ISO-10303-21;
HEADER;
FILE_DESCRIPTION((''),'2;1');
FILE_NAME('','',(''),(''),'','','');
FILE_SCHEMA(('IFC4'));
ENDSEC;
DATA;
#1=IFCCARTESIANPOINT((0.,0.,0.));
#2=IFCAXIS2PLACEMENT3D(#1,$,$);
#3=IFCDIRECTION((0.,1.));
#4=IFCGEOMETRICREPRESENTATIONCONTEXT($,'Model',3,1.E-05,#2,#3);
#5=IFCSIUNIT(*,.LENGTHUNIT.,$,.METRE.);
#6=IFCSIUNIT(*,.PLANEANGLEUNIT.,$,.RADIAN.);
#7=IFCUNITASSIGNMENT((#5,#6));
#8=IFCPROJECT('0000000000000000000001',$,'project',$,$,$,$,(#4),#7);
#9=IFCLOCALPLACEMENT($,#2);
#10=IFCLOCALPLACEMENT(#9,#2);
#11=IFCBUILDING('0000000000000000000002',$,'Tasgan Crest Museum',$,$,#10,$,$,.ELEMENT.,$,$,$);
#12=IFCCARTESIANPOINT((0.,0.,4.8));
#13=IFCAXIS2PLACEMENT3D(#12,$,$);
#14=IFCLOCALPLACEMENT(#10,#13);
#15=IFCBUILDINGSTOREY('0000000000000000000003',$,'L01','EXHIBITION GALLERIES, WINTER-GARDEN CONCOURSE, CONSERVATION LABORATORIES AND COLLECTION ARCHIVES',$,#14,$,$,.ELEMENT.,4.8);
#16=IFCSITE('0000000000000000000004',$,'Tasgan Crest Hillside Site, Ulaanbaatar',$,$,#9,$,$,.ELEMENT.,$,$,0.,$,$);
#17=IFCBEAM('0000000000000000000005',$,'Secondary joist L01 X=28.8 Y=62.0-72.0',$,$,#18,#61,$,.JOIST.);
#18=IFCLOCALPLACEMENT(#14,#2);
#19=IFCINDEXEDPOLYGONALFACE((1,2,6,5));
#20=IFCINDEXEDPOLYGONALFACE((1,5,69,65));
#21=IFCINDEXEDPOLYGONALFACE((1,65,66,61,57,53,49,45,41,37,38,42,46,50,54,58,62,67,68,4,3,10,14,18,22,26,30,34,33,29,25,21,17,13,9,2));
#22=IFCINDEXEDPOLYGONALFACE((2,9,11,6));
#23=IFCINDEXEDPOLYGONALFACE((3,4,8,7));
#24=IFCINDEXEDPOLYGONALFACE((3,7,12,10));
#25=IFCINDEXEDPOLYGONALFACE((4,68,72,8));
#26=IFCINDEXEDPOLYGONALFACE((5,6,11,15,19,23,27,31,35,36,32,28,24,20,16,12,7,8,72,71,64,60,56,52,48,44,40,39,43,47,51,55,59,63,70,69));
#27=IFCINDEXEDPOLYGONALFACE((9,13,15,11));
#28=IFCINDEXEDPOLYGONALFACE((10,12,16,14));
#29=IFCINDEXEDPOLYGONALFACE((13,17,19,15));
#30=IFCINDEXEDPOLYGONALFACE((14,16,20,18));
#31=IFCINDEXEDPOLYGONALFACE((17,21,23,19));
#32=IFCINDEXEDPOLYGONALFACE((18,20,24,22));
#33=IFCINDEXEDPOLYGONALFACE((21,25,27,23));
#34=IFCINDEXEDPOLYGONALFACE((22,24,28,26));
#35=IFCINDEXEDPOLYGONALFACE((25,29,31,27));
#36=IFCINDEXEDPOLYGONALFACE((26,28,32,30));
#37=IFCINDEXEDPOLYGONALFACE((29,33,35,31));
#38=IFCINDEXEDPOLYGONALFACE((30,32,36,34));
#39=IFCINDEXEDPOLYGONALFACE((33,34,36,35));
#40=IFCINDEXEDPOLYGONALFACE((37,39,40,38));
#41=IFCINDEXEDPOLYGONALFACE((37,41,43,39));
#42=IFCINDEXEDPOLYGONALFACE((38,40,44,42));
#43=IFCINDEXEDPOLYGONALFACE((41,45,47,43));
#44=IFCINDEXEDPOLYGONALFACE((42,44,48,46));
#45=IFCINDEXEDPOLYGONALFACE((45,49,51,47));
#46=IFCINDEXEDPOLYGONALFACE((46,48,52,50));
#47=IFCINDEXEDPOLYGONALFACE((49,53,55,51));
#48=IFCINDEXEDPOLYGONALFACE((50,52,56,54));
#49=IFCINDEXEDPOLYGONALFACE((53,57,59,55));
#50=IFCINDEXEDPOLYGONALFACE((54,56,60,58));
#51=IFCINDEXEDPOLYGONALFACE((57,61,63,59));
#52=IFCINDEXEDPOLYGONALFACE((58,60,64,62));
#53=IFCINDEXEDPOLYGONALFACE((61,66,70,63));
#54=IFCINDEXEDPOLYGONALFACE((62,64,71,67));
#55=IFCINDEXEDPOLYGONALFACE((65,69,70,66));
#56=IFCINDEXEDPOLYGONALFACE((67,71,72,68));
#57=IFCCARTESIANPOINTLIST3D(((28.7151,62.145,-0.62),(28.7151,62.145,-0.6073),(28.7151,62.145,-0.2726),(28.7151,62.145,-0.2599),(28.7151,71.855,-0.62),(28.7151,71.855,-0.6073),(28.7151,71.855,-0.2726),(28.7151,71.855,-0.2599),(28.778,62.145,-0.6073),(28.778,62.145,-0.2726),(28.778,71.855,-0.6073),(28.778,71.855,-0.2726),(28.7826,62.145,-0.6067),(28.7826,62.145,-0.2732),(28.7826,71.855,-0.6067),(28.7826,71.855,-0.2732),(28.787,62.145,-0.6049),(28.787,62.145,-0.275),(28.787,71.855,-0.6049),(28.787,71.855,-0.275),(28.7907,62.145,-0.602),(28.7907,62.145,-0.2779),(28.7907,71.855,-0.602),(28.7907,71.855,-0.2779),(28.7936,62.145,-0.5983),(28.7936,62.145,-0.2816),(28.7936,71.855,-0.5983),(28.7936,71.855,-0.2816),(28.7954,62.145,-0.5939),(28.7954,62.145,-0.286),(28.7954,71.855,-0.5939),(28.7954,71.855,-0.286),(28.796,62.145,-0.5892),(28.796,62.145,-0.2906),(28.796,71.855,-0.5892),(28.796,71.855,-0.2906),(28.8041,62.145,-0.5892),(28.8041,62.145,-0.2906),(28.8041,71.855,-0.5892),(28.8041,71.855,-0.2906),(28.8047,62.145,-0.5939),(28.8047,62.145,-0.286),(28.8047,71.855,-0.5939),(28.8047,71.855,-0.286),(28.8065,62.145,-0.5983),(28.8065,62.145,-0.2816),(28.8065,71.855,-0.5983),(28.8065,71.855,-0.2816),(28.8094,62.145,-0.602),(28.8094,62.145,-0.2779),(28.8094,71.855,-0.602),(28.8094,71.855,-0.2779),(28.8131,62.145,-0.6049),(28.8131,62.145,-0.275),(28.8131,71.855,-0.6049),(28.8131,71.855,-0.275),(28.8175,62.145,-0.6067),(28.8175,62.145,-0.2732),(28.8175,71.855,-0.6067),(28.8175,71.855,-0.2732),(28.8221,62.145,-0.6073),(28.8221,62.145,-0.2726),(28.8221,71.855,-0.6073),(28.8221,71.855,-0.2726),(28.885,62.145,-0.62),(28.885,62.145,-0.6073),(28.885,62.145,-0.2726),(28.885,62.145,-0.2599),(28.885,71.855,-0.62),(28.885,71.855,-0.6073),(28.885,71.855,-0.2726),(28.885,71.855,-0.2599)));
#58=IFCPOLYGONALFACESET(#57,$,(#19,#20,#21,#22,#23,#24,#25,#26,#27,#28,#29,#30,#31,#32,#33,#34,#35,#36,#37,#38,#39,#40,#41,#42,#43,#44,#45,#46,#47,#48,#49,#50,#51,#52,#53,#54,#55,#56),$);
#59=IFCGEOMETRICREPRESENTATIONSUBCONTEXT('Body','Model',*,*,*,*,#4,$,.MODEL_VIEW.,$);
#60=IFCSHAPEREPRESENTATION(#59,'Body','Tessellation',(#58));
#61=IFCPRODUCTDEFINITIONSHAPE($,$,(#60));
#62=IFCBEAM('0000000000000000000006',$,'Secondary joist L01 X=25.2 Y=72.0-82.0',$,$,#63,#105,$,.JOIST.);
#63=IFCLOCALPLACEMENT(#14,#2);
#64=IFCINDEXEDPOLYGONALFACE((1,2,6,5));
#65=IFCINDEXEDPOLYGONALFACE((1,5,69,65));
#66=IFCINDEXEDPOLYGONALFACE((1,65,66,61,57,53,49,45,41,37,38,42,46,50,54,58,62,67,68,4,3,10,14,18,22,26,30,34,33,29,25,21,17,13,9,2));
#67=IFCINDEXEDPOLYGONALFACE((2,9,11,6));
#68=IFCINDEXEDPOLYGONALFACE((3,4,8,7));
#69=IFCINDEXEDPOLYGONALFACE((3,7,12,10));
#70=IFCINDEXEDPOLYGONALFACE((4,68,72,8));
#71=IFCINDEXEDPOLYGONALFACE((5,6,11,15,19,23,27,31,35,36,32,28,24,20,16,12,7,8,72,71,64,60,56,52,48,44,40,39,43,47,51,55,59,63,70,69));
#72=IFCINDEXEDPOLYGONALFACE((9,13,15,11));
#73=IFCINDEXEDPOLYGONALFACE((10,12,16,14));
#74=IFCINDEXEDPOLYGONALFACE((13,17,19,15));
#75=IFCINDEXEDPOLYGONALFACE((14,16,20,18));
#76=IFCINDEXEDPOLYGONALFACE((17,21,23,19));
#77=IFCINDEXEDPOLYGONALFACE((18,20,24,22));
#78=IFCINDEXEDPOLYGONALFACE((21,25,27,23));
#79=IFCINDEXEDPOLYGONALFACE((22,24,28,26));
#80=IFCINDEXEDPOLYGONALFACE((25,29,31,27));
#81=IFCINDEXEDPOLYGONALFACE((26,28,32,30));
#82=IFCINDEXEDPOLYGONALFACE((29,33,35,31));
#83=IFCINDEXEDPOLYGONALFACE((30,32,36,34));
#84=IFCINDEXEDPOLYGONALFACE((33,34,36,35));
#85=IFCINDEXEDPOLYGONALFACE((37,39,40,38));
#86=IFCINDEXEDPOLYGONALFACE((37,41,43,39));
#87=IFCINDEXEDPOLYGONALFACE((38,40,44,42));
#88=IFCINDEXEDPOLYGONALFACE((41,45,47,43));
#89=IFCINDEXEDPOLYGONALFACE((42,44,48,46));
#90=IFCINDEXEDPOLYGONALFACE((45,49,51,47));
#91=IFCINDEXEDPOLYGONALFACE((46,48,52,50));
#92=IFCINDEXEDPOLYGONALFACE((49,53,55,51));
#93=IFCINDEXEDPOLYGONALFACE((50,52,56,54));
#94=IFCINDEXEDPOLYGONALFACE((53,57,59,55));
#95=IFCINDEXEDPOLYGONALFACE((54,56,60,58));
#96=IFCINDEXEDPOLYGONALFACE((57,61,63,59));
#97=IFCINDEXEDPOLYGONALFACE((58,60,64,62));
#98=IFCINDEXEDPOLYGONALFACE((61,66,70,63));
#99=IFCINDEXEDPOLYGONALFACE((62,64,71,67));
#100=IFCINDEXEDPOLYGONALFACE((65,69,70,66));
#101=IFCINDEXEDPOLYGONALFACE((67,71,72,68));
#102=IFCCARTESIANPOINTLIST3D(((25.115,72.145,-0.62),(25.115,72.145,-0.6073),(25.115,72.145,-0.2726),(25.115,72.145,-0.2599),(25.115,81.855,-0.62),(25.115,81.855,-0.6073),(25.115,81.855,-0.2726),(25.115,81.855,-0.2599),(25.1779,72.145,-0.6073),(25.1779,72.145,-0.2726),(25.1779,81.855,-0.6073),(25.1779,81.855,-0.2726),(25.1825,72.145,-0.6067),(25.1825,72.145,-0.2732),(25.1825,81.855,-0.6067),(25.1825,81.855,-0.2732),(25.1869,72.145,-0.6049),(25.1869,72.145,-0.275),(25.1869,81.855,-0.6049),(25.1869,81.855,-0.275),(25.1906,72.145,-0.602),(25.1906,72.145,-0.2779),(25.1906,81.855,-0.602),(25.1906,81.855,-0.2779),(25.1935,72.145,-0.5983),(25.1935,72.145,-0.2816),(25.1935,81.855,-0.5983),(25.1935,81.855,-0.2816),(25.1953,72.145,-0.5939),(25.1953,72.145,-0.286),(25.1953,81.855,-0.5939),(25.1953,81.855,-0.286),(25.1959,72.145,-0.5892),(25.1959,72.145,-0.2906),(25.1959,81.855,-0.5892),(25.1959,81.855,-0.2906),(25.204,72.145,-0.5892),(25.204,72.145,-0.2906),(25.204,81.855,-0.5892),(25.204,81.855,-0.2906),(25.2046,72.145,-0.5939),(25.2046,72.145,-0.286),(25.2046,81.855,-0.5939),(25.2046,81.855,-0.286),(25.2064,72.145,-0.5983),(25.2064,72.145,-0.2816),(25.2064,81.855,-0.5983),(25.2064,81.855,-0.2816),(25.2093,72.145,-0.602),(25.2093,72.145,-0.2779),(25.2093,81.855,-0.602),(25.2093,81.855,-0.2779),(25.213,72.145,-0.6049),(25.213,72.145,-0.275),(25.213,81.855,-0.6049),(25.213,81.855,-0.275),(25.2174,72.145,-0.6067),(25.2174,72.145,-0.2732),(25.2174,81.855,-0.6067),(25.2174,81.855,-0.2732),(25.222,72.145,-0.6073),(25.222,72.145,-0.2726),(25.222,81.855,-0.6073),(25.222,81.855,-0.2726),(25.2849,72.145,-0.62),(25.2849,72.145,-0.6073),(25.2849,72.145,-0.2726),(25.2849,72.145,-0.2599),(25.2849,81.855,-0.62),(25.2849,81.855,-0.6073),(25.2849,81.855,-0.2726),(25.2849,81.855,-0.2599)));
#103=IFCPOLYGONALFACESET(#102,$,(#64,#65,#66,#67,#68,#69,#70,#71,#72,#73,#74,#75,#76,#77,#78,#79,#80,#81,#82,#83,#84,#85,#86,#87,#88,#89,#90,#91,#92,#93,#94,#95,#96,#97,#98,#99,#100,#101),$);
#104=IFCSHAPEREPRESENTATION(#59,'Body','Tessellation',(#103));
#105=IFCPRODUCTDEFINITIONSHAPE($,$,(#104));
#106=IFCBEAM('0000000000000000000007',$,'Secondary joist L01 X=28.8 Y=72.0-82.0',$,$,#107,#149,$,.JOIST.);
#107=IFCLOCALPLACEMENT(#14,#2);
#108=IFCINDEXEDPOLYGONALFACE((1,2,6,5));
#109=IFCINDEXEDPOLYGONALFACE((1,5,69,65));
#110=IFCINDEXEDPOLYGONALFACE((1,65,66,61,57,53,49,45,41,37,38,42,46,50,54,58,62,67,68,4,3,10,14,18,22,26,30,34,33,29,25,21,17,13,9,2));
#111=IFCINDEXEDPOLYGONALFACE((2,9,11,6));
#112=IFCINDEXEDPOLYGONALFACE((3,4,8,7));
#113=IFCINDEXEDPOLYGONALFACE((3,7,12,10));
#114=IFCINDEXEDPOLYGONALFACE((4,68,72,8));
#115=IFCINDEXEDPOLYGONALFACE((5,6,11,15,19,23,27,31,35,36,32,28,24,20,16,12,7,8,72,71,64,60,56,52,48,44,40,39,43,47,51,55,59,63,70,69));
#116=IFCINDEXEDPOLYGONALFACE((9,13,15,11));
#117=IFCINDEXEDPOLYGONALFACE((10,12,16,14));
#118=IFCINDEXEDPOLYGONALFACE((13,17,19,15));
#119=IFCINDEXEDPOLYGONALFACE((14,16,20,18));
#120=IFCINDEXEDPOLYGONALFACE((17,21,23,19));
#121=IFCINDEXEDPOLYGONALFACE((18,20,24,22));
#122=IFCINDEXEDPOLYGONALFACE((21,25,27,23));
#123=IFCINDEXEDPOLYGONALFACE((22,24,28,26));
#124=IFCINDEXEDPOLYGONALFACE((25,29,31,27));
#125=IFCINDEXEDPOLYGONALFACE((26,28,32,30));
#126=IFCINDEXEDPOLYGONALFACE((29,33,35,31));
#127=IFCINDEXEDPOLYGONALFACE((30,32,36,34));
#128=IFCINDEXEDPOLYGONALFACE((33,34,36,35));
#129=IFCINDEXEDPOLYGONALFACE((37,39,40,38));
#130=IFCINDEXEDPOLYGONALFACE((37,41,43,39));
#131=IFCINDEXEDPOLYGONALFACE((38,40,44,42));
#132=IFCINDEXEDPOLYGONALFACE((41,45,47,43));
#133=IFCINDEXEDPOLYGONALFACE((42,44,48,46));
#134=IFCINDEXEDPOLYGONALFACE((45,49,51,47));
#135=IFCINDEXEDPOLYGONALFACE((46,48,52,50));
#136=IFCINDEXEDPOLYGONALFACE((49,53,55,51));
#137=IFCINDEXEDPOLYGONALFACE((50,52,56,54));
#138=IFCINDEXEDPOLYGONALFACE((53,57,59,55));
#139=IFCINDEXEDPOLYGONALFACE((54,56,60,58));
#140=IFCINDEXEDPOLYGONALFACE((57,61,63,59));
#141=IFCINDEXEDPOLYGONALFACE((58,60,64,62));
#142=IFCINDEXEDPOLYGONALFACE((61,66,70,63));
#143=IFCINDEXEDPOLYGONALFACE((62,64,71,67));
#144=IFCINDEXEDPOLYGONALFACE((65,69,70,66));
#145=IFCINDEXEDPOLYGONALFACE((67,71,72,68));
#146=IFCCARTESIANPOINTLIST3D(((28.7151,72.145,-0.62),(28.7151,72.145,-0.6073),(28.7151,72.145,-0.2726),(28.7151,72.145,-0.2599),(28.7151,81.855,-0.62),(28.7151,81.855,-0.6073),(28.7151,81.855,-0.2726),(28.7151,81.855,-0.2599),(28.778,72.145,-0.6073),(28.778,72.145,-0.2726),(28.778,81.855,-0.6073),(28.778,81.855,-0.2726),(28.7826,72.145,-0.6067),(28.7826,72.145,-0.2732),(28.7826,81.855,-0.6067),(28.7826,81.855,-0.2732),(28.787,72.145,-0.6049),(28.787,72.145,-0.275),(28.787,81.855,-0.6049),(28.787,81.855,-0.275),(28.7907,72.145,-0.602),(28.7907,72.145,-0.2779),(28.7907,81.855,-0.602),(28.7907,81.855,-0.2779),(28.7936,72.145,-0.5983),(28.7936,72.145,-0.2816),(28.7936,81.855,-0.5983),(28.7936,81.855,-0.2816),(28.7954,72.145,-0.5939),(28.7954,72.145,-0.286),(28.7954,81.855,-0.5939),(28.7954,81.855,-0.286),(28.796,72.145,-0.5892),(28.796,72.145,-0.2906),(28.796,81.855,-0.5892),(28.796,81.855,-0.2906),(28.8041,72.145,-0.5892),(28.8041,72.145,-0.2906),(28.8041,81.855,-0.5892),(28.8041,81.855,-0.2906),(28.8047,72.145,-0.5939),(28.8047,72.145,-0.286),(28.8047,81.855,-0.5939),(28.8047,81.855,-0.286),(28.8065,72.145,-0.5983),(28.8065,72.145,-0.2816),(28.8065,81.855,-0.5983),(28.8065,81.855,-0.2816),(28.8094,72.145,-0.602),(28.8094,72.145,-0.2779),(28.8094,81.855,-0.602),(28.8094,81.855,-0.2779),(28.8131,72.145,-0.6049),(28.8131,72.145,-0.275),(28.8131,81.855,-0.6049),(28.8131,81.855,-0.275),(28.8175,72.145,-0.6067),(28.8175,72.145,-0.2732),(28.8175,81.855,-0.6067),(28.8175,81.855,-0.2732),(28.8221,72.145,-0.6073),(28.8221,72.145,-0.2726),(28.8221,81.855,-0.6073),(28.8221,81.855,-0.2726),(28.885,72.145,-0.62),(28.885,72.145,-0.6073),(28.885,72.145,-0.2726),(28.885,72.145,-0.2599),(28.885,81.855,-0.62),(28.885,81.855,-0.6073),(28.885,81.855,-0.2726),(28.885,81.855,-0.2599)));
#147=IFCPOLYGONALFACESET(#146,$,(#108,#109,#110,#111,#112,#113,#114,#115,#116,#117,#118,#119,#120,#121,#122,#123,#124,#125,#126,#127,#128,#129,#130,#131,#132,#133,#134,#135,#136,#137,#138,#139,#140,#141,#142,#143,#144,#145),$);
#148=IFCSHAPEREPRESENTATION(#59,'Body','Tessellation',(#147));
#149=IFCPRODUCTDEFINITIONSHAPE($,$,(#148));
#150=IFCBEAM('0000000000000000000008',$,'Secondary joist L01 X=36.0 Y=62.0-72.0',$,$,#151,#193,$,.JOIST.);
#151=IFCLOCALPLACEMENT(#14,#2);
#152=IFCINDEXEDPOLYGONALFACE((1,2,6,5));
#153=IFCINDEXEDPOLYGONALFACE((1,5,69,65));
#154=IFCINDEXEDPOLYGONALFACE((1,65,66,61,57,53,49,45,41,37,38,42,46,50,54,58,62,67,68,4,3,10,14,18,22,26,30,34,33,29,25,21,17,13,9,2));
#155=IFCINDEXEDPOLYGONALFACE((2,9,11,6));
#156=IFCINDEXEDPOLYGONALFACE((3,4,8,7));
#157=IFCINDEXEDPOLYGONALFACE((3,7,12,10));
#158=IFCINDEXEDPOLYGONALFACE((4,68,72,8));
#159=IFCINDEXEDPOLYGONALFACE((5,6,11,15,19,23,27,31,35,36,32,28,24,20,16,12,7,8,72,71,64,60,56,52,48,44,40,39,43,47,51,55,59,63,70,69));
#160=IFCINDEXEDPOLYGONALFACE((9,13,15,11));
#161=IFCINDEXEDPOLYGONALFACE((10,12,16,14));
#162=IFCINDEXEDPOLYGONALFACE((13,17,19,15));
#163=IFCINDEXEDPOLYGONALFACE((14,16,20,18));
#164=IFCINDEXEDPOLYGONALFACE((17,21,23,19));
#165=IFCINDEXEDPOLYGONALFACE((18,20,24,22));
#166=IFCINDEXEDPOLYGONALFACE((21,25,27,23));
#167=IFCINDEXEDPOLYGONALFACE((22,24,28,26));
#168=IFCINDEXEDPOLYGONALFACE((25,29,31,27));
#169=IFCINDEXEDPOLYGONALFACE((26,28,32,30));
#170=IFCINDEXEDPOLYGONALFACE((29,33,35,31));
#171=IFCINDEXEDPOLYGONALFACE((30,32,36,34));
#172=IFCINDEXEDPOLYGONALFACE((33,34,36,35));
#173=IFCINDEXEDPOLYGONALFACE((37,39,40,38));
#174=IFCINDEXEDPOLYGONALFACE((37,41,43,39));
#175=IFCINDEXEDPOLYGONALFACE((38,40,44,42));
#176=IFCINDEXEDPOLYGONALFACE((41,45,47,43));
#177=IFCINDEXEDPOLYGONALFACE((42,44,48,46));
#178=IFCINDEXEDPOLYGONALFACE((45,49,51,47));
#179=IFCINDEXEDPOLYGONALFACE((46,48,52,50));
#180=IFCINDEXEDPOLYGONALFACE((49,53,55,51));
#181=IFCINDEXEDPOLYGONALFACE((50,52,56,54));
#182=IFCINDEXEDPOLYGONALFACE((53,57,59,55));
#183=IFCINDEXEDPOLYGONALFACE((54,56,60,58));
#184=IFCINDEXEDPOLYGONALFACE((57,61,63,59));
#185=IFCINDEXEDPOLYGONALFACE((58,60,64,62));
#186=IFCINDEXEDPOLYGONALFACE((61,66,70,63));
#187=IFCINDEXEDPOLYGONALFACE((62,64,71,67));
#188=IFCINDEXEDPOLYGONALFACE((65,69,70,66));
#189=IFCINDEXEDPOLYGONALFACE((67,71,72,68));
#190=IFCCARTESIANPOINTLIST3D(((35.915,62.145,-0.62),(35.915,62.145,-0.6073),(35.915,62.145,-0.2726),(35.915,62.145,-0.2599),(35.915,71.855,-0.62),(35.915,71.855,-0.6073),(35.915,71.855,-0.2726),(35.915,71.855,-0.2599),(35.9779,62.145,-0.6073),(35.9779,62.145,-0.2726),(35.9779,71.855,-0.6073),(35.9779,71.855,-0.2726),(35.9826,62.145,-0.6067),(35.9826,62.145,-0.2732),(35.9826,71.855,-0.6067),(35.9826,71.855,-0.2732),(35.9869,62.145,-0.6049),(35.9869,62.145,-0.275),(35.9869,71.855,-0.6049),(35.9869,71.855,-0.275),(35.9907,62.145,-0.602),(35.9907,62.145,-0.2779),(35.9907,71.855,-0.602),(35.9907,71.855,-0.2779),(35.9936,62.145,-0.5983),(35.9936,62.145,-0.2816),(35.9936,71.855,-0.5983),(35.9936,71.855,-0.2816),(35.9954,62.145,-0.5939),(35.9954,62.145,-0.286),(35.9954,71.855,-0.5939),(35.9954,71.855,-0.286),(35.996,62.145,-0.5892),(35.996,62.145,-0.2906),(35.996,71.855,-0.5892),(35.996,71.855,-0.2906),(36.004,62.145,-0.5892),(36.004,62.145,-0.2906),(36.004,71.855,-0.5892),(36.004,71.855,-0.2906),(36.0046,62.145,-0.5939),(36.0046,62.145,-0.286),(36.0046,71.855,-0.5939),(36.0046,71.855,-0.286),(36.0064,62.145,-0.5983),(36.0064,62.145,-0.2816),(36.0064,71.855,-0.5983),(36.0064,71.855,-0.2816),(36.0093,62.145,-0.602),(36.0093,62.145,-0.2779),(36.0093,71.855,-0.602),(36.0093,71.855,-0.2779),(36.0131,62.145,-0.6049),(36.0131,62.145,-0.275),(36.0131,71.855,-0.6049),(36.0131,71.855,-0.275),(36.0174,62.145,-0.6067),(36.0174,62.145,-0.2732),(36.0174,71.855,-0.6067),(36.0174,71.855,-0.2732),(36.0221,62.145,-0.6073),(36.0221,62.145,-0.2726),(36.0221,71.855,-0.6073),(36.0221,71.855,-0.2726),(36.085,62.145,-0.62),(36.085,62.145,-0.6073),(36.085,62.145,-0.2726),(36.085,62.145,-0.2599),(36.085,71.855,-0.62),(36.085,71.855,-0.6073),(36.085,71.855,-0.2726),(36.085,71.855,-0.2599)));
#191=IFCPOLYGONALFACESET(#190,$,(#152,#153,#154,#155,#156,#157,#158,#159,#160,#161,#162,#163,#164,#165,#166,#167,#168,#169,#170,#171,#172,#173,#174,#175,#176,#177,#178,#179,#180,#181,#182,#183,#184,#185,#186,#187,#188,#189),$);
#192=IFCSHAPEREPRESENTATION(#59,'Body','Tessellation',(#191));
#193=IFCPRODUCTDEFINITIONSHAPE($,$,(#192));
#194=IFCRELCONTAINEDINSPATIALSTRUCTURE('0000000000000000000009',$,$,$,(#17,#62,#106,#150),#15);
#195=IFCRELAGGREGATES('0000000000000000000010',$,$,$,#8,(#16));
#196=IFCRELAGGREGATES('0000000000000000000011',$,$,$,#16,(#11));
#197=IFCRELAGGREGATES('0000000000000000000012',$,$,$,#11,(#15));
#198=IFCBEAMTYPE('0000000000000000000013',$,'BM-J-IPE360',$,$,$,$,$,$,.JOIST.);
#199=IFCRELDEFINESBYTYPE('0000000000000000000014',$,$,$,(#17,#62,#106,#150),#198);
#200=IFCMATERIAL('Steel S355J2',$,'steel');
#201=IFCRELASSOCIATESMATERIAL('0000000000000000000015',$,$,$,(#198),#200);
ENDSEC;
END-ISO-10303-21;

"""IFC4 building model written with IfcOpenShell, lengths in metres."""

from ifc_helpers import new_model, si_unit, direction, frame, origin, origin_2d, place, context, subcontext, project, spatial, i_section, extrude, material, material_profile, profile_set, type_object, element, save


model = new_model("IFC4")

# Units and contexts
model_context = context("Model", 3, precision=1e-05, world=origin(), true_north=direction((0.0, 1.0)))
body_context = subcontext(model_context, "Body", "Model", "MODEL_VIEW")
ifc_project = project(units=[si_unit("LENGTHUNIT", "METRE"), si_unit("PLANEANGLEUNIT", "RADIAN")], contexts=[model_context])

# Site, building, storey
site_placement = place(None, origin())
site = spatial("IfcSite", under=ifc_project, at=site_placement, Name="Tasgan Crest Hillside Site, Ulaanbaatar", CompositionType="ELEMENT", RefElevation=0.0)
building_placement = place(site_placement, origin())
building = spatial("IfcBuilding", under=site, at=building_placement, Name="Tasgan Crest Museum", CompositionType="ELEMENT")
storey_placement = place(building_placement, frame((0.0, 0.0, 4.8)))
storey = spatial("IfcBuildingStorey", under=building, at=storey_placement, Name="L01", Description="EXHIBITION GALLERIES, WINTER-GARDEN CONCOURSE, CONSERVATION LABORATORIES AND COLLECTION ARCHIVES", CompositionType="ELEMENT", Elevation=4.8)

# Beams
ifc_material_1 = material(Name="Steel S355J2", Category="steel")
ifc_material_profile_1 = material_profile(ifc_material_1, i_section(OverallWidth=0.1699, OverallDepth=0.3601, WebThickness=0.0081, FlangeThickness=0.0127, FilletRadius=0.0181, at=origin_2d()), Name="IPE 360")
ifc_profile_set_1 = profile_set([ifc_material_profile_1], Name="Steel S355J2")
beam_type_1 = type_object("IfcBeamType", Name="BM-J-IPE360", PredefinedType="JOIST", material=ifc_profile_set_1)
for number, where, z_axis, x_axis, name in (
    (1, (28.8, 62.145, -0.4399), (0.0, 1.0, 0.0), (-1.0, 0.0, 0.0), "Secondary joist L01 X=28.8 Y=62.0-72.0"),
    (2, (25.2, 72.145, -0.4399), (0.0, 1.0, 0.0), (-1.0, 0.0, 0.0), "Secondary joist L01 X=25.2 Y=72.0-82.0"),
    (3, (28.8, 72.145, -0.4399), (0.0, 1.0, 0.0), (-1.0, 0.0, 0.0), "Secondary joist L01 X=28.8 Y=72.0-82.0"),
    (4, (36.0, 62.145, -0.4399), (0.0, 1.0, 0.0), (-1.0, 0.0, 0.0), "Secondary joist L01 X=36.0 Y=62.0-72.0"),
):
    element("IfcBeam", number, at=place(storey_placement, frame(where, z_axis=z_axis, x_axis=x_axis)), inside=storey, type_object=beam_type_1, Name=name, PredefinedType="JOIST", context=body_context, shape_type="SweptSolid", body=[
        extrude(i_section(OverallWidth=0.1699, OverallDepth=0.3601, WebThickness=0.0081, FlangeThickness=0.0127, FilletRadius=0.0181, at=origin_2d()), origin(), (0.0, 0.0, 1.0), 9.71),
    ])

save(model, "model.ifc")
